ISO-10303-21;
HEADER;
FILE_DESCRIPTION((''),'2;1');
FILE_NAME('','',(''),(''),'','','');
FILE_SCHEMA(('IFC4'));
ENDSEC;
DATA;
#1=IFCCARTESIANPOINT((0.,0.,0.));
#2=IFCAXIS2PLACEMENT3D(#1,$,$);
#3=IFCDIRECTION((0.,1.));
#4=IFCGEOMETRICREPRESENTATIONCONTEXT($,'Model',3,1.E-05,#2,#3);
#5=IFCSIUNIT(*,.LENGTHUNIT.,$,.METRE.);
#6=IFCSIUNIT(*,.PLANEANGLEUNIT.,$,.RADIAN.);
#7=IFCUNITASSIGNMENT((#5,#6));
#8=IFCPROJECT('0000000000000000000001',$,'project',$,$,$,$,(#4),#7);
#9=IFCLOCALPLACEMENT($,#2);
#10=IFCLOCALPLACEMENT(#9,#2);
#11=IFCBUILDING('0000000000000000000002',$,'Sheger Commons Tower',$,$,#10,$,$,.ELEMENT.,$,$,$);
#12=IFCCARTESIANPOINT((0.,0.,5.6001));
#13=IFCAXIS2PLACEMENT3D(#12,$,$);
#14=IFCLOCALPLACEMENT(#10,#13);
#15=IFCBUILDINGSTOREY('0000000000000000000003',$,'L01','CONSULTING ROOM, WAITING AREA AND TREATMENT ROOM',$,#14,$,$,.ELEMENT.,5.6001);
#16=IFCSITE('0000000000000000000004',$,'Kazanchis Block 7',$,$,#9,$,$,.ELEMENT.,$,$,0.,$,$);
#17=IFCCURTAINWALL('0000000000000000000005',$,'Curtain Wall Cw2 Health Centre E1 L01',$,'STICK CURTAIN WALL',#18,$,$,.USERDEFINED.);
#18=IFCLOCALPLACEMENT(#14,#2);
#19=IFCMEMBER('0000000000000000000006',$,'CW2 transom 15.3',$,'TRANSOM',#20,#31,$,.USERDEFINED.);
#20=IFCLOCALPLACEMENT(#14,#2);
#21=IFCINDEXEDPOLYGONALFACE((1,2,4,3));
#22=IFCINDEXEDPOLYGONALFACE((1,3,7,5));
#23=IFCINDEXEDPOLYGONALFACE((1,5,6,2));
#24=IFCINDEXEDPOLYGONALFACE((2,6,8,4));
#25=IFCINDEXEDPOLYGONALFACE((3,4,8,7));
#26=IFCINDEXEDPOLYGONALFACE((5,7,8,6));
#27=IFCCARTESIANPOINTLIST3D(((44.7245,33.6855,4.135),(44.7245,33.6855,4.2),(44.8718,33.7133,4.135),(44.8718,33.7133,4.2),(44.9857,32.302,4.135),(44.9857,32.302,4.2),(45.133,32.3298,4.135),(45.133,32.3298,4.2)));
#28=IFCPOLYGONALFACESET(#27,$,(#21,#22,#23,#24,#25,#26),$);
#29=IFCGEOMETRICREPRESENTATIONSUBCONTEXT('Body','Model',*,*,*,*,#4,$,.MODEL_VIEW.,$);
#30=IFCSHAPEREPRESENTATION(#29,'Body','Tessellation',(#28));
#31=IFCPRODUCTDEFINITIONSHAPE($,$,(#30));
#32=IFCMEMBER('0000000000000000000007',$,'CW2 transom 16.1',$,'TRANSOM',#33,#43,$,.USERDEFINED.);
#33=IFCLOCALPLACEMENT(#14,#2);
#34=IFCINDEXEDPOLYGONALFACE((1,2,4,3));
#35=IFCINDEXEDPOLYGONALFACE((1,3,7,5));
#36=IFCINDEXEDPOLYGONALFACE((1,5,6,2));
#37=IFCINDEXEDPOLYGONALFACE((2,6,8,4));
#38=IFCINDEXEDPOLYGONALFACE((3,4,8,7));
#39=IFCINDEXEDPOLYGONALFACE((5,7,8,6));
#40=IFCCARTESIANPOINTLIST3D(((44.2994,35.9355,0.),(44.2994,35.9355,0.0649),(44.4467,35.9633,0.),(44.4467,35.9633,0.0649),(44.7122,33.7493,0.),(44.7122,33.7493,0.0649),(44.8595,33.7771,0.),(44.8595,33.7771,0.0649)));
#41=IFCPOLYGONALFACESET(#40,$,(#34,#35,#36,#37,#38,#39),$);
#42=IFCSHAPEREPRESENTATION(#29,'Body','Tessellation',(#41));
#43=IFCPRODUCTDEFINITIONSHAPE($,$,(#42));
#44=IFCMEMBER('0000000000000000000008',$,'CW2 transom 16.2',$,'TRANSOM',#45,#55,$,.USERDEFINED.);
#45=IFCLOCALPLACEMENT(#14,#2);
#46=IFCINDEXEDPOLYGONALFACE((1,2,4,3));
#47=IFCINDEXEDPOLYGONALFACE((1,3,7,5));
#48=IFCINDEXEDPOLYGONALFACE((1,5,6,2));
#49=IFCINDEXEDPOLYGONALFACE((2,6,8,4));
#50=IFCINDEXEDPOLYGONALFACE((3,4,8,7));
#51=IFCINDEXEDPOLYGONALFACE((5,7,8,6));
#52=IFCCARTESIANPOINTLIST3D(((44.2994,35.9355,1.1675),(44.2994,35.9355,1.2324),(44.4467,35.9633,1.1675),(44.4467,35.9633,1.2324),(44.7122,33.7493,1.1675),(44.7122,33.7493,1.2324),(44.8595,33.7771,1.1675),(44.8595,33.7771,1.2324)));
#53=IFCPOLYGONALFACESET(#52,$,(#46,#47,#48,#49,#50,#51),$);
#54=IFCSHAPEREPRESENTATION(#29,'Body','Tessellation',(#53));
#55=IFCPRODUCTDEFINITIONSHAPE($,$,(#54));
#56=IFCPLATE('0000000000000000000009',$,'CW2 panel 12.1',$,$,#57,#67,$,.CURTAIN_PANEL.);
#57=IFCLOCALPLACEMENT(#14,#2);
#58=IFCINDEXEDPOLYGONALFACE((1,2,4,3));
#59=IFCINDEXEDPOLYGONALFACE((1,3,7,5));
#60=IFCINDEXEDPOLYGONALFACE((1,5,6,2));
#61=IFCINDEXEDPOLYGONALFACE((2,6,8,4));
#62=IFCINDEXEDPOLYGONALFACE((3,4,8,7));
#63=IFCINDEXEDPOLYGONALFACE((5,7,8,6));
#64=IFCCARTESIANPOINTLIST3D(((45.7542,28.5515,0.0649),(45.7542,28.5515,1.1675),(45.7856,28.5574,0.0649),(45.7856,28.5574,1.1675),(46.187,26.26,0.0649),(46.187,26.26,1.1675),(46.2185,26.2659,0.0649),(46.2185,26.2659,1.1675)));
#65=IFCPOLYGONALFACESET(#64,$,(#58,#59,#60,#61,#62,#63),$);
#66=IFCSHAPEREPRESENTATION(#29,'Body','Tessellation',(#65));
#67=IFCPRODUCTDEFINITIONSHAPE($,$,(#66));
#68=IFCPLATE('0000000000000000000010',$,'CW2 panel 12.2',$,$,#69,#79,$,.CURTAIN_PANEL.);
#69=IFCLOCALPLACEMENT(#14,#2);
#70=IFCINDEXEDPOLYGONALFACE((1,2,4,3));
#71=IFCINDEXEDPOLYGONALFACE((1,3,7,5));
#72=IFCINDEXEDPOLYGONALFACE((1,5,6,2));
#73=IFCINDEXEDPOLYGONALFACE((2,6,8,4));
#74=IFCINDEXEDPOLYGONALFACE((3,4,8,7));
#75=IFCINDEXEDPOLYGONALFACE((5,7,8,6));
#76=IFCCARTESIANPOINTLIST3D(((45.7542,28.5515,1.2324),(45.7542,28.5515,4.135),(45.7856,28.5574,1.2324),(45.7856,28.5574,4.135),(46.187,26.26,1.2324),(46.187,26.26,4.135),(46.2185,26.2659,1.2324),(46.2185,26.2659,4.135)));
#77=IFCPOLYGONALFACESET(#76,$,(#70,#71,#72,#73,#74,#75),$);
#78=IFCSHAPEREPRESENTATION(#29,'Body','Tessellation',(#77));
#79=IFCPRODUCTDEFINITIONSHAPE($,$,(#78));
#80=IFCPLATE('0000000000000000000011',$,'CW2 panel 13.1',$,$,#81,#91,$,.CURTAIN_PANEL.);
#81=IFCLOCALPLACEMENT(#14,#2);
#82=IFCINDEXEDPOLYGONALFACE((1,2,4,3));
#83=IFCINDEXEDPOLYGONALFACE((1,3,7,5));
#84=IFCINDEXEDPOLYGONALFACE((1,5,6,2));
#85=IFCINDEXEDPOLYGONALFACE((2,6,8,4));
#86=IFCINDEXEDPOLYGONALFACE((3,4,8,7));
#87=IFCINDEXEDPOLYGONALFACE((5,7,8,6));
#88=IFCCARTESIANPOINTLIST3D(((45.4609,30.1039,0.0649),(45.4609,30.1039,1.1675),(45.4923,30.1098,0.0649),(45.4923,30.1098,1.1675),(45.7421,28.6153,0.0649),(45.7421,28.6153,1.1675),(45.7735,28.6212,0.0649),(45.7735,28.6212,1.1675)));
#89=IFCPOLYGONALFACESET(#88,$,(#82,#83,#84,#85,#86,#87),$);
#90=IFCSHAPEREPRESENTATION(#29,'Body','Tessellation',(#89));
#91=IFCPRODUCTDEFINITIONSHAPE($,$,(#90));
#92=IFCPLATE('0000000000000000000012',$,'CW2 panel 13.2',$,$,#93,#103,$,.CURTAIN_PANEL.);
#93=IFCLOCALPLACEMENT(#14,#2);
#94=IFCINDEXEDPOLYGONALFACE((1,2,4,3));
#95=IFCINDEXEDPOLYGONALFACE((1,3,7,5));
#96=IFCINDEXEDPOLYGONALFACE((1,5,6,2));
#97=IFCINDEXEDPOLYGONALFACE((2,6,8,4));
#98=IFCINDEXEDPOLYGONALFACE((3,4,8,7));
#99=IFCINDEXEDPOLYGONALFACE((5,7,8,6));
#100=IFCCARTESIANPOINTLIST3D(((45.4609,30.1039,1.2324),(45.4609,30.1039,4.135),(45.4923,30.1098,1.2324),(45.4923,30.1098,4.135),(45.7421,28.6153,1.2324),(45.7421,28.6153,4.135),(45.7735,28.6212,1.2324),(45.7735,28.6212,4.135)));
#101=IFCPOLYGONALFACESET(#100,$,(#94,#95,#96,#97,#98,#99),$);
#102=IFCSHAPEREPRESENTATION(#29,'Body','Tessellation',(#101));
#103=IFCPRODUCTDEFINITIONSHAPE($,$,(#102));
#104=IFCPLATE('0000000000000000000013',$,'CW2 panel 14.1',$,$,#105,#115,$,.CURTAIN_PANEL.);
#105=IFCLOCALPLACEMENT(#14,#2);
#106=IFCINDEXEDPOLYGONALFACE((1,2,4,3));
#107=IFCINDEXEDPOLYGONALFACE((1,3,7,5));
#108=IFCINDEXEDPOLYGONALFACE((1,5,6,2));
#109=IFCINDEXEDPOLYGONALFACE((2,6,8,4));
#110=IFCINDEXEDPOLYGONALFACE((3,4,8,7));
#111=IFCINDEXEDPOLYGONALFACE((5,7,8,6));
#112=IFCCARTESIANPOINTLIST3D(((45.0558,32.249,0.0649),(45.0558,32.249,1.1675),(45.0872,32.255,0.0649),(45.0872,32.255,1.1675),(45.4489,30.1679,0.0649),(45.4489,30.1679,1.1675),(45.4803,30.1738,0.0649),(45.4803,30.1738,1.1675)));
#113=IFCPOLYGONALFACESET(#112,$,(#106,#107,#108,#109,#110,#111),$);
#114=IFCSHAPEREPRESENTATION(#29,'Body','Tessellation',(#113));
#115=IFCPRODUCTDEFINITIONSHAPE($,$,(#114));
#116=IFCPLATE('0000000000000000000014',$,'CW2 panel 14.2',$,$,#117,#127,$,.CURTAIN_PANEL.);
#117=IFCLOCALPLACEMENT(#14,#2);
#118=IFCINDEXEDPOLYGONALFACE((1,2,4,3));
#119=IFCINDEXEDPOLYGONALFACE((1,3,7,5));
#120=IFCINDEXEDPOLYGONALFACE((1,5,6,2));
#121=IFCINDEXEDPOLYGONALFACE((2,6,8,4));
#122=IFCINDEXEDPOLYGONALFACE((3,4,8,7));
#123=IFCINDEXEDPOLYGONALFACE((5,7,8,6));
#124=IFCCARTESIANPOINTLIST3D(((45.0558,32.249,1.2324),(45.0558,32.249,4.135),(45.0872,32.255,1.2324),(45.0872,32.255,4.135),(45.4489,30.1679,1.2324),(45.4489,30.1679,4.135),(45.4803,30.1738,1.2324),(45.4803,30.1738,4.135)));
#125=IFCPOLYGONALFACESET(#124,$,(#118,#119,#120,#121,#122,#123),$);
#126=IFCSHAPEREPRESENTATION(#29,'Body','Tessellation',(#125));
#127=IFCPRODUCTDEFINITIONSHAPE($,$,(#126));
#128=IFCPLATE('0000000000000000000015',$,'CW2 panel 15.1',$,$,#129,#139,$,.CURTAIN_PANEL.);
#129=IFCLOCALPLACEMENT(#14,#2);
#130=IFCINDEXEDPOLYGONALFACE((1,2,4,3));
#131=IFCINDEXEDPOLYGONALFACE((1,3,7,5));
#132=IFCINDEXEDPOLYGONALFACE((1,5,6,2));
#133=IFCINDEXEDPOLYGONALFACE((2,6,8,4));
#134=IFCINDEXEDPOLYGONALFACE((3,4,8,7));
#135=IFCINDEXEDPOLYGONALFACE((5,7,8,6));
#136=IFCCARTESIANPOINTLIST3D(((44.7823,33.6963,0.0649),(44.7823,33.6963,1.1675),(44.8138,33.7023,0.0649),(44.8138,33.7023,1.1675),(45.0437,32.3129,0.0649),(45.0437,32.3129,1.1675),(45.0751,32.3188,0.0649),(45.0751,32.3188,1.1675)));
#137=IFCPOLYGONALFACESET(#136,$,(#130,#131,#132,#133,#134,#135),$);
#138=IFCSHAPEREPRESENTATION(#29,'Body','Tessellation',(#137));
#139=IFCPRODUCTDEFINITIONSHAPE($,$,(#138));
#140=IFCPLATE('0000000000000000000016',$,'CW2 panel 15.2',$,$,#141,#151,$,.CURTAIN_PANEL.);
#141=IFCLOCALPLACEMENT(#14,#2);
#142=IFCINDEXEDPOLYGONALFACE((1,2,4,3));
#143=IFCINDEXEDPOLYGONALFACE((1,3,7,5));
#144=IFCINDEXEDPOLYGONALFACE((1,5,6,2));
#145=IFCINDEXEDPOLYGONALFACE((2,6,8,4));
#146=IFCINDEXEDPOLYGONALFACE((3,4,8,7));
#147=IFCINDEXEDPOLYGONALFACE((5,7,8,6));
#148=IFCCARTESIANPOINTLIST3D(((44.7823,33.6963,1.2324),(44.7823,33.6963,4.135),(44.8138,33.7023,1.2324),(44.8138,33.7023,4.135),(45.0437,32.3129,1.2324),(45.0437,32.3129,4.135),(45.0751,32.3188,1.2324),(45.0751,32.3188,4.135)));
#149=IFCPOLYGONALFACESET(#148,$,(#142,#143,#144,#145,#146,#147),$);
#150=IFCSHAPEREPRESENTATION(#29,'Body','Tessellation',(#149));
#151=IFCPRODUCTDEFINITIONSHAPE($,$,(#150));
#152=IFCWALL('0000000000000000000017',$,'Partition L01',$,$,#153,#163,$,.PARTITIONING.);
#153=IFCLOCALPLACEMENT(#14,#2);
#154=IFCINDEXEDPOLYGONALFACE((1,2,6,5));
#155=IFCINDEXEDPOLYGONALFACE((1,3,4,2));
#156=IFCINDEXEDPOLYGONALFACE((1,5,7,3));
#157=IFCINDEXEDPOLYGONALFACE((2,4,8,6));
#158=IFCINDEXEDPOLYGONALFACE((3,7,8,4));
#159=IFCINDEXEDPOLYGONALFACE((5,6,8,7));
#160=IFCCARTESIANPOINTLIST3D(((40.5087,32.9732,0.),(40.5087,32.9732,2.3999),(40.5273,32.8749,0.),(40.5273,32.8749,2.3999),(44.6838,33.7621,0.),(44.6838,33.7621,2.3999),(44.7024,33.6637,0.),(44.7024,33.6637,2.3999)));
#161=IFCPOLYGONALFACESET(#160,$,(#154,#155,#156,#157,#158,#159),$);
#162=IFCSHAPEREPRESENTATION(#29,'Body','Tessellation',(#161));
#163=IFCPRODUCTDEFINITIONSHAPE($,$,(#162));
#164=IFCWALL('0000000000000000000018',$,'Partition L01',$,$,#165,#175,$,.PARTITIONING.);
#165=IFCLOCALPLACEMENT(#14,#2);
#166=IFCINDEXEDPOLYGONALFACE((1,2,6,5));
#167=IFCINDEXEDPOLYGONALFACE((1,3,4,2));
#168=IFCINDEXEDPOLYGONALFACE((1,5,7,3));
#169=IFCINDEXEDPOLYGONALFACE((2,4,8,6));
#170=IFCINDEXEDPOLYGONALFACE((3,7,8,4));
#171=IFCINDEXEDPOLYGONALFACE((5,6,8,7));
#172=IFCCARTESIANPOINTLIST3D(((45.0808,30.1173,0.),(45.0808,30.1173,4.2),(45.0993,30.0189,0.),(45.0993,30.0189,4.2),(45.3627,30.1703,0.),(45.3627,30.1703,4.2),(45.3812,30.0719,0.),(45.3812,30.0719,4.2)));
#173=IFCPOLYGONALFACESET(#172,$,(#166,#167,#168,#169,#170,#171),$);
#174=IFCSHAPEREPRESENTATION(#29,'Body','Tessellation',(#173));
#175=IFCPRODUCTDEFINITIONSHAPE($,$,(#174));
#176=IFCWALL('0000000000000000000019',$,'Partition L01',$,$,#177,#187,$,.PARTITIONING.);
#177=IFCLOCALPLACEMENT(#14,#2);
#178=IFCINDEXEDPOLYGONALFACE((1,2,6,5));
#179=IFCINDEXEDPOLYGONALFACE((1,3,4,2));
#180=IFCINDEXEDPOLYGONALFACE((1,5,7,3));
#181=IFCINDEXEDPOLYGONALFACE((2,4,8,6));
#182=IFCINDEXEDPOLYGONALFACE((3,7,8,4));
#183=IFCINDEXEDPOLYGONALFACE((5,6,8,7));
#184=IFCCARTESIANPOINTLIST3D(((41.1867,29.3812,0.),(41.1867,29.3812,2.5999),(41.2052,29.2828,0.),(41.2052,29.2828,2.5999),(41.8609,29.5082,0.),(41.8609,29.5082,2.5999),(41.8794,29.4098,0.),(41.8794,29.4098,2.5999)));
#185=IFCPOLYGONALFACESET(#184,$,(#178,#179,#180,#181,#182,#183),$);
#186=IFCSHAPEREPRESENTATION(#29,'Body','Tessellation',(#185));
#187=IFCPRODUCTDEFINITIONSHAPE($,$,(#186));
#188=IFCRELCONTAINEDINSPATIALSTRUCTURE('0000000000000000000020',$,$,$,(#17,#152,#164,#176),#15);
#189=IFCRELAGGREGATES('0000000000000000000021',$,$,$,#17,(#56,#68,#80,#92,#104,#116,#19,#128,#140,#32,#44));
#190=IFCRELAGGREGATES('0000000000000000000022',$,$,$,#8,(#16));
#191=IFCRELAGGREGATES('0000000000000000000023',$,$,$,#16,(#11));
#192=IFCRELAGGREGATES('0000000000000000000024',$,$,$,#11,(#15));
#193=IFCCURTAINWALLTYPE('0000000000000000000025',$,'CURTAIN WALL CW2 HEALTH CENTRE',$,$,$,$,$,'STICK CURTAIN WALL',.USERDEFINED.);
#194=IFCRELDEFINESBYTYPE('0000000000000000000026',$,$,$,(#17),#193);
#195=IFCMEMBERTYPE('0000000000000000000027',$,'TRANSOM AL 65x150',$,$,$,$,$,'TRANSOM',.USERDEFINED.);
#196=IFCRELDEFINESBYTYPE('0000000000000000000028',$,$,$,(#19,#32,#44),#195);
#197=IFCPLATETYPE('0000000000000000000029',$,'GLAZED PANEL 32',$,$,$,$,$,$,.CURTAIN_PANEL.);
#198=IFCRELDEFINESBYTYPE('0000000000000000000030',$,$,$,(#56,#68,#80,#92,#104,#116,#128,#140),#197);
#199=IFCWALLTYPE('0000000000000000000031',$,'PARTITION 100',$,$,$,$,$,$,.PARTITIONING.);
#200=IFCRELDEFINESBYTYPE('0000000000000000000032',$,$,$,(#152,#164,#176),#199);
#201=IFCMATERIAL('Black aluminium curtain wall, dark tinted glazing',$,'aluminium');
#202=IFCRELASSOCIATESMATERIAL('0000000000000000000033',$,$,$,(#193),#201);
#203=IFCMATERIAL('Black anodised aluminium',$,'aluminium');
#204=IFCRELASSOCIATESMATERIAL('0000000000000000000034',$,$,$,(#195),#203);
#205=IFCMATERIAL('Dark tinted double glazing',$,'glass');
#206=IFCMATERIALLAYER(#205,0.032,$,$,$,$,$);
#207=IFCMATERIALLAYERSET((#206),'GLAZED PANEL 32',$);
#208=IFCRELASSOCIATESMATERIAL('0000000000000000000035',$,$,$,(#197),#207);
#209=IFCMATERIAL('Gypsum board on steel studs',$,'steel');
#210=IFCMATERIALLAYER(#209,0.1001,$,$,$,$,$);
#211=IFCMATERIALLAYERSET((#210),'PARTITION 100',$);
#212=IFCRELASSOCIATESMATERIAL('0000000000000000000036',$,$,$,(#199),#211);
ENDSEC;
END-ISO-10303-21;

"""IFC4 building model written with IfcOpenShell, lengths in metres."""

from ifc_helpers import new_model, si_unit, direction, frame, frame_2d, origin, origin_2d, place, context, subcontext, project, spatial, rectangle, extrude, material, layer, layer_set, material_profile, profile_set, type_object, element, aggregate, save


model = new_model("IFC4")

# Units and contexts
model_context = context("Model", 3, precision=1e-05, world=origin(), true_north=direction((0.0, 1.0)))
body_context = subcontext(model_context, "Body", "Model", "MODEL_VIEW")
ifc_project = project(units=[si_unit("LENGTHUNIT", "METRE"), si_unit("PLANEANGLEUNIT", "RADIAN")], contexts=[model_context])

# Site, building, storey
site_placement = place(None, origin())
site = spatial("IfcSite", under=ifc_project, at=site_placement, Name="Kazanchis Block 7", CompositionType="ELEMENT", RefElevation=0.0)
building_placement = place(site_placement, origin())
building = spatial("IfcBuilding", under=site, at=building_placement, Name="Sheger Commons Tower", CompositionType="ELEMENT")
storey_placement = place(building_placement, frame((0.0, 0.0, 5.6001)))
storey = spatial("IfcBuildingStorey", under=building, at=storey_placement, Name="L01", Description="CONSULTING ROOM, WAITING AREA AND TREATMENT ROOM", CompositionType="ELEMENT", Elevation=5.6001)

# Curtain wall
ifc_material_1 = material(Name="Black aluminium curtain wall, dark tinted glazing", Category="aluminium")
curtain_wall_type = type_object("IfcCurtainWallType", Name="CURTAIN WALL CW2 HEALTH CENTRE", ElementType="STICK CURTAIN WALL", PredefinedType="USERDEFINED", material=ifc_material_1)
curtain_wall_placement = place(storey_placement, origin())
curtain_wall = element("IfcCurtainWall", 1, at=curtain_wall_placement, inside=storey, type_object=curtain_wall_type, Name="Curtain Wall Cw2 Health Centre E1 L01", ObjectType="STICK CURTAIN WALL", PredefinedType="USERDEFINED")

# Members
ifc_material_2 = material(Name="Black anodised aluminium", Category="aluminium")
ifc_material_profile_1 = material_profile(ifc_material_2, rectangle(XDim=0.1499, YDim=0.0649, at=origin_2d()), Name="AL 65x150")
ifc_profile_set_1 = profile_set([ifc_material_profile_1], Name="Black anodised aluminium")
member_type_1 = type_object("IfcMemberType", Name="TRANSOM AL 65x150", ElementType="TRANSOM", PredefinedType="USERDEFINED", material=ifc_profile_set_1)
member_1_placement = place(storey_placement, frame((45.0593, 32.3159, 4.1675), z_axis=(-0.185534, 0.982638, 0.0), x_axis=(-0.982638, -0.185534, 0.0)))
member_1 = element("IfcMember", 2, at=member_1_placement, type_object=member_type_1, Name="CW2 transom 15.3", ObjectType="TRANSOM", PredefinedType="USERDEFINED", context=body_context, shape_type="SweptSolid", body=[
    extrude(rectangle(XDim=0.1499, YDim=0.0649, at=origin_2d()), origin(), (0.0, 0.0, 1.0), 1.408),
])
member_2_placement = place(storey_placement, frame((44.7859, 33.7632, 0.0325), z_axis=(-0.185554, 0.982634, 0.0), x_axis=(-0.982634, -0.185554, 0.0)))
member_2 = element("IfcMember", 3, at=member_2_placement, type_object=member_type_1, Name="CW2 transom 16.1", ObjectType="TRANSOM", PredefinedType="USERDEFINED", context=body_context, shape_type="SweptSolid", body=[
    extrude(rectangle(XDim=0.1499, YDim=0.0649, at=origin_2d()), origin(), (0.0, 0.0, 1.0), 2.2249),
])
member_3_placement = place(storey_placement, frame((44.7859, 33.7632, 1.2), z_axis=(-0.185554, 0.982634, 0.0), x_axis=(-0.982634, -0.185554, 0.0)))
member_3 = element("IfcMember", 4, at=member_3_placement, type_object=member_type_1, Name="CW2 transom 16.2", ObjectType="TRANSOM", PredefinedType="USERDEFINED", context=body_context, shape_type="SweptSolid", body=[
    extrude(rectangle(XDim=0.1499, YDim=0.0649, at=origin_2d()), origin(), (0.0, 0.0, 1.0), 2.2249),
])

# Plates
ifc_material_3 = material(Name="Dark tinted double glazing", Category="glass")
ifc_layer_1 = layer(ifc_material_3, 0.032)
ifc_layer_set_1 = layer_set([ifc_layer_1], Name="GLAZED PANEL 32")
plate_type = type_object("IfcPlateType", Name="GLAZED PANEL 32", PredefinedType="CURTAIN_PANEL", material=ifc_layer_set_1)
plate_1_placement = place(storey_placement, frame((45.9863, 27.4087, 0.0649), z_axis=(0.0, 0.0, 1.0), x_axis=(-0.18561, 0.982624, 0.0)))
plate_1 = element("IfcPlate", 5, at=plate_1_placement, type_object=plate_type, Name="CW2 panel 12.1", PredefinedType="CURTAIN_PANEL", context=body_context, shape_type="SweptSolid", body=[
    extrude(rectangle(XDim=2.332, YDim=0.032, at=origin_2d()), origin(), (0.0, 0.0, 1.0), 1.1025),
])
plate_2_placement = place(storey_placement, frame((45.9863, 27.4087, 1.2324), z_axis=(0.0, 0.0, 1.0), x_axis=(-0.18561, 0.982624, 0.0)))
plate_2 = element("IfcPlate", 6, at=plate_2_placement, type_object=plate_type, Name="CW2 panel 12.2", PredefinedType="CURTAIN_PANEL", context=body_context, shape_type="SweptSolid", body=[
    extrude(rectangle(XDim=2.332, YDim=0.032, at=origin_2d()), origin(), (0.0, 0.0, 1.0), 2.9026),
])
plate_3_placement = place(storey_placement, frame((45.6172, 29.3625, 0.0649), z_axis=(0.0, 0.0, 1.0), x_axis=(-0.18561, 0.982624, 0.0)))
plate_3 = element("IfcPlate", 7, at=plate_3_placement, type_object=plate_type, Name="CW2 panel 13.1", PredefinedType="CURTAIN_PANEL", context=body_context, shape_type="SweptSolid", body=[
    extrude(rectangle(XDim=1.5149, YDim=0.032, at=origin_2d()), origin(), (0.0, 0.0, 1.0), 1.1025),
])
plate_4_placement = place(storey_placement, frame((45.6172, 29.3625, 1.2324), z_axis=(0.0, 0.0, 1.0), x_axis=(-0.18561, 0.982624, 0.0)))
plate_4 = element("IfcPlate", 8, at=plate_4_placement, type_object=plate_type, Name="CW2 panel 13.2", PredefinedType="CURTAIN_PANEL", context=body_context, shape_type="SweptSolid", body=[
    extrude(rectangle(XDim=1.5149, YDim=0.032, at=origin_2d()), origin(), (0.0, 0.0, 1.0), 2.9026),
])
plate_5_placement = place(storey_placement, frame((45.2681, 31.2114, 0.0649), z_axis=(0.0, 0.0, 1.0), x_axis=(-0.18561, 0.982624, 0.0)))
plate_5 = element("IfcPlate", 9, at=plate_5_placement, type_object=plate_type, Name="CW2 panel 14.1", PredefinedType="CURTAIN_PANEL", context=body_context, shape_type="SweptSolid", body=[
    extrude(rectangle(XDim=2.1179, YDim=0.032, at=origin_2d()), origin(), (0.0, 0.0, 1.0), 1.1025),
])
plate_6_placement = place(storey_placement, frame((45.2681, 31.2114, 1.2324), z_axis=(0.0, 0.0, 1.0), x_axis=(-0.18561, 0.982624, 0.0)))
plate_6 = element("IfcPlate", 10, at=plate_6_placement, type_object=plate_type, Name="CW2 panel 14.2", PredefinedType="CURTAIN_PANEL", context=body_context, shape_type="SweptSolid", body=[
    extrude(rectangle(XDim=2.1179, YDim=0.032, at=origin_2d()), origin(), (0.0, 0.0, 1.0), 2.9026),
])
plate_7_placement = place(storey_placement, frame((44.9287, 33.0076, 0.0649), z_axis=(0.0, 0.0, 1.0), x_axis=(-0.18561, 0.982624, 0.0)))
plate_7 = element("IfcPlate", 11, at=plate_7_placement, type_object=plate_type, Name="CW2 panel 15.1", PredefinedType="CURTAIN_PANEL", context=body_context, shape_type="SweptSolid", body=[
    extrude(rectangle(XDim=1.408, YDim=0.032, at=origin_2d()), origin(), (0.0, 0.0, 1.0), 1.1025),
])
plate_8_placement = place(storey_placement, frame((44.9287, 33.0076, 1.2324), z_axis=(0.0, 0.0, 1.0), x_axis=(-0.18561, 0.982624, 0.0)))
plate_8 = element("IfcPlate", 12, at=plate_8_placement, type_object=plate_type, Name="CW2 panel 15.2", PredefinedType="CURTAIN_PANEL", context=body_context, shape_type="SweptSolid", body=[
    extrude(rectangle(XDim=1.408, YDim=0.032, at=origin_2d()), origin(), (0.0, 0.0, 1.0), 2.9026),
])
aggregate(curtain_wall, [plate_1, plate_2, plate_3, plate_4, plate_5, plate_6, member_1, plate_7, plate_8, member_2, member_3])

# Walls
ifc_material_4 = material(Name="Gypsum board on steel studs", Category="steel")
ifc_layer_2 = layer(ifc_material_4, 0.1001)
ifc_layer_set_2 = layer_set([ifc_layer_2], Name="PARTITION 100")
wall_type = type_object("IfcWallType", Name="PARTITION 100", PredefinedType="PARTITIONING", material=ifc_layer_set_2)
wall_1_placement = place(storey_placement, frame((44.6931, 33.7129, 0.0), z_axis=(0.0, 0.0, 1.0), x_axis=(-0.982616, -0.185652, 0.0)))
element("IfcWall", 13, at=wall_1_placement, inside=storey, type_object=wall_type, Name="Partition L01", PredefinedType="PARTITIONING", context=body_context, shape_type="SweptSolid", body=[
    extrude(rectangle(XDim=4.249, YDim=0.1001, at=frame_2d((2.1245, 0.0))), origin(), (0.0, 0.0, 1.0), 2.3999),
])
wall_2_placement = place(storey_placement, frame((45.3721, 30.1211, 0.0), z_axis=(0.0, 0.0, 1.0), x_axis=(-0.982805, -0.184648, 0.0)))
element("IfcWall", 14, at=wall_2_placement, inside=storey, type_object=wall_type, Name="Partition L01", PredefinedType="PARTITIONING", context=body_context, shape_type="SweptSolid", body=[
    extrude(rectangle(XDim=0.2869, YDim=0.1001, at=frame_2d((0.1436, 0.0))), origin(), (0.0, 0.0, 1.0), 4.2),
])
wall_3_placement = place(storey_placement, frame((41.8701, 29.459, 0.0), z_axis=(0.0, 0.0, 1.0), x_axis=(-0.982723, -0.185084, 0.0)))
element("IfcWall", 15, at=wall_3_placement, inside=storey, type_object=wall_type, Name="Partition L01", PredefinedType="PARTITIONING", context=body_context, shape_type="SweptSolid", body=[
    extrude(rectangle(XDim=0.686, YDim=0.1001, at=frame_2d((0.343, 0.0))), origin(), (0.0, 0.0, 1.0), 2.5999),
])

save(model, "model.ifc")
